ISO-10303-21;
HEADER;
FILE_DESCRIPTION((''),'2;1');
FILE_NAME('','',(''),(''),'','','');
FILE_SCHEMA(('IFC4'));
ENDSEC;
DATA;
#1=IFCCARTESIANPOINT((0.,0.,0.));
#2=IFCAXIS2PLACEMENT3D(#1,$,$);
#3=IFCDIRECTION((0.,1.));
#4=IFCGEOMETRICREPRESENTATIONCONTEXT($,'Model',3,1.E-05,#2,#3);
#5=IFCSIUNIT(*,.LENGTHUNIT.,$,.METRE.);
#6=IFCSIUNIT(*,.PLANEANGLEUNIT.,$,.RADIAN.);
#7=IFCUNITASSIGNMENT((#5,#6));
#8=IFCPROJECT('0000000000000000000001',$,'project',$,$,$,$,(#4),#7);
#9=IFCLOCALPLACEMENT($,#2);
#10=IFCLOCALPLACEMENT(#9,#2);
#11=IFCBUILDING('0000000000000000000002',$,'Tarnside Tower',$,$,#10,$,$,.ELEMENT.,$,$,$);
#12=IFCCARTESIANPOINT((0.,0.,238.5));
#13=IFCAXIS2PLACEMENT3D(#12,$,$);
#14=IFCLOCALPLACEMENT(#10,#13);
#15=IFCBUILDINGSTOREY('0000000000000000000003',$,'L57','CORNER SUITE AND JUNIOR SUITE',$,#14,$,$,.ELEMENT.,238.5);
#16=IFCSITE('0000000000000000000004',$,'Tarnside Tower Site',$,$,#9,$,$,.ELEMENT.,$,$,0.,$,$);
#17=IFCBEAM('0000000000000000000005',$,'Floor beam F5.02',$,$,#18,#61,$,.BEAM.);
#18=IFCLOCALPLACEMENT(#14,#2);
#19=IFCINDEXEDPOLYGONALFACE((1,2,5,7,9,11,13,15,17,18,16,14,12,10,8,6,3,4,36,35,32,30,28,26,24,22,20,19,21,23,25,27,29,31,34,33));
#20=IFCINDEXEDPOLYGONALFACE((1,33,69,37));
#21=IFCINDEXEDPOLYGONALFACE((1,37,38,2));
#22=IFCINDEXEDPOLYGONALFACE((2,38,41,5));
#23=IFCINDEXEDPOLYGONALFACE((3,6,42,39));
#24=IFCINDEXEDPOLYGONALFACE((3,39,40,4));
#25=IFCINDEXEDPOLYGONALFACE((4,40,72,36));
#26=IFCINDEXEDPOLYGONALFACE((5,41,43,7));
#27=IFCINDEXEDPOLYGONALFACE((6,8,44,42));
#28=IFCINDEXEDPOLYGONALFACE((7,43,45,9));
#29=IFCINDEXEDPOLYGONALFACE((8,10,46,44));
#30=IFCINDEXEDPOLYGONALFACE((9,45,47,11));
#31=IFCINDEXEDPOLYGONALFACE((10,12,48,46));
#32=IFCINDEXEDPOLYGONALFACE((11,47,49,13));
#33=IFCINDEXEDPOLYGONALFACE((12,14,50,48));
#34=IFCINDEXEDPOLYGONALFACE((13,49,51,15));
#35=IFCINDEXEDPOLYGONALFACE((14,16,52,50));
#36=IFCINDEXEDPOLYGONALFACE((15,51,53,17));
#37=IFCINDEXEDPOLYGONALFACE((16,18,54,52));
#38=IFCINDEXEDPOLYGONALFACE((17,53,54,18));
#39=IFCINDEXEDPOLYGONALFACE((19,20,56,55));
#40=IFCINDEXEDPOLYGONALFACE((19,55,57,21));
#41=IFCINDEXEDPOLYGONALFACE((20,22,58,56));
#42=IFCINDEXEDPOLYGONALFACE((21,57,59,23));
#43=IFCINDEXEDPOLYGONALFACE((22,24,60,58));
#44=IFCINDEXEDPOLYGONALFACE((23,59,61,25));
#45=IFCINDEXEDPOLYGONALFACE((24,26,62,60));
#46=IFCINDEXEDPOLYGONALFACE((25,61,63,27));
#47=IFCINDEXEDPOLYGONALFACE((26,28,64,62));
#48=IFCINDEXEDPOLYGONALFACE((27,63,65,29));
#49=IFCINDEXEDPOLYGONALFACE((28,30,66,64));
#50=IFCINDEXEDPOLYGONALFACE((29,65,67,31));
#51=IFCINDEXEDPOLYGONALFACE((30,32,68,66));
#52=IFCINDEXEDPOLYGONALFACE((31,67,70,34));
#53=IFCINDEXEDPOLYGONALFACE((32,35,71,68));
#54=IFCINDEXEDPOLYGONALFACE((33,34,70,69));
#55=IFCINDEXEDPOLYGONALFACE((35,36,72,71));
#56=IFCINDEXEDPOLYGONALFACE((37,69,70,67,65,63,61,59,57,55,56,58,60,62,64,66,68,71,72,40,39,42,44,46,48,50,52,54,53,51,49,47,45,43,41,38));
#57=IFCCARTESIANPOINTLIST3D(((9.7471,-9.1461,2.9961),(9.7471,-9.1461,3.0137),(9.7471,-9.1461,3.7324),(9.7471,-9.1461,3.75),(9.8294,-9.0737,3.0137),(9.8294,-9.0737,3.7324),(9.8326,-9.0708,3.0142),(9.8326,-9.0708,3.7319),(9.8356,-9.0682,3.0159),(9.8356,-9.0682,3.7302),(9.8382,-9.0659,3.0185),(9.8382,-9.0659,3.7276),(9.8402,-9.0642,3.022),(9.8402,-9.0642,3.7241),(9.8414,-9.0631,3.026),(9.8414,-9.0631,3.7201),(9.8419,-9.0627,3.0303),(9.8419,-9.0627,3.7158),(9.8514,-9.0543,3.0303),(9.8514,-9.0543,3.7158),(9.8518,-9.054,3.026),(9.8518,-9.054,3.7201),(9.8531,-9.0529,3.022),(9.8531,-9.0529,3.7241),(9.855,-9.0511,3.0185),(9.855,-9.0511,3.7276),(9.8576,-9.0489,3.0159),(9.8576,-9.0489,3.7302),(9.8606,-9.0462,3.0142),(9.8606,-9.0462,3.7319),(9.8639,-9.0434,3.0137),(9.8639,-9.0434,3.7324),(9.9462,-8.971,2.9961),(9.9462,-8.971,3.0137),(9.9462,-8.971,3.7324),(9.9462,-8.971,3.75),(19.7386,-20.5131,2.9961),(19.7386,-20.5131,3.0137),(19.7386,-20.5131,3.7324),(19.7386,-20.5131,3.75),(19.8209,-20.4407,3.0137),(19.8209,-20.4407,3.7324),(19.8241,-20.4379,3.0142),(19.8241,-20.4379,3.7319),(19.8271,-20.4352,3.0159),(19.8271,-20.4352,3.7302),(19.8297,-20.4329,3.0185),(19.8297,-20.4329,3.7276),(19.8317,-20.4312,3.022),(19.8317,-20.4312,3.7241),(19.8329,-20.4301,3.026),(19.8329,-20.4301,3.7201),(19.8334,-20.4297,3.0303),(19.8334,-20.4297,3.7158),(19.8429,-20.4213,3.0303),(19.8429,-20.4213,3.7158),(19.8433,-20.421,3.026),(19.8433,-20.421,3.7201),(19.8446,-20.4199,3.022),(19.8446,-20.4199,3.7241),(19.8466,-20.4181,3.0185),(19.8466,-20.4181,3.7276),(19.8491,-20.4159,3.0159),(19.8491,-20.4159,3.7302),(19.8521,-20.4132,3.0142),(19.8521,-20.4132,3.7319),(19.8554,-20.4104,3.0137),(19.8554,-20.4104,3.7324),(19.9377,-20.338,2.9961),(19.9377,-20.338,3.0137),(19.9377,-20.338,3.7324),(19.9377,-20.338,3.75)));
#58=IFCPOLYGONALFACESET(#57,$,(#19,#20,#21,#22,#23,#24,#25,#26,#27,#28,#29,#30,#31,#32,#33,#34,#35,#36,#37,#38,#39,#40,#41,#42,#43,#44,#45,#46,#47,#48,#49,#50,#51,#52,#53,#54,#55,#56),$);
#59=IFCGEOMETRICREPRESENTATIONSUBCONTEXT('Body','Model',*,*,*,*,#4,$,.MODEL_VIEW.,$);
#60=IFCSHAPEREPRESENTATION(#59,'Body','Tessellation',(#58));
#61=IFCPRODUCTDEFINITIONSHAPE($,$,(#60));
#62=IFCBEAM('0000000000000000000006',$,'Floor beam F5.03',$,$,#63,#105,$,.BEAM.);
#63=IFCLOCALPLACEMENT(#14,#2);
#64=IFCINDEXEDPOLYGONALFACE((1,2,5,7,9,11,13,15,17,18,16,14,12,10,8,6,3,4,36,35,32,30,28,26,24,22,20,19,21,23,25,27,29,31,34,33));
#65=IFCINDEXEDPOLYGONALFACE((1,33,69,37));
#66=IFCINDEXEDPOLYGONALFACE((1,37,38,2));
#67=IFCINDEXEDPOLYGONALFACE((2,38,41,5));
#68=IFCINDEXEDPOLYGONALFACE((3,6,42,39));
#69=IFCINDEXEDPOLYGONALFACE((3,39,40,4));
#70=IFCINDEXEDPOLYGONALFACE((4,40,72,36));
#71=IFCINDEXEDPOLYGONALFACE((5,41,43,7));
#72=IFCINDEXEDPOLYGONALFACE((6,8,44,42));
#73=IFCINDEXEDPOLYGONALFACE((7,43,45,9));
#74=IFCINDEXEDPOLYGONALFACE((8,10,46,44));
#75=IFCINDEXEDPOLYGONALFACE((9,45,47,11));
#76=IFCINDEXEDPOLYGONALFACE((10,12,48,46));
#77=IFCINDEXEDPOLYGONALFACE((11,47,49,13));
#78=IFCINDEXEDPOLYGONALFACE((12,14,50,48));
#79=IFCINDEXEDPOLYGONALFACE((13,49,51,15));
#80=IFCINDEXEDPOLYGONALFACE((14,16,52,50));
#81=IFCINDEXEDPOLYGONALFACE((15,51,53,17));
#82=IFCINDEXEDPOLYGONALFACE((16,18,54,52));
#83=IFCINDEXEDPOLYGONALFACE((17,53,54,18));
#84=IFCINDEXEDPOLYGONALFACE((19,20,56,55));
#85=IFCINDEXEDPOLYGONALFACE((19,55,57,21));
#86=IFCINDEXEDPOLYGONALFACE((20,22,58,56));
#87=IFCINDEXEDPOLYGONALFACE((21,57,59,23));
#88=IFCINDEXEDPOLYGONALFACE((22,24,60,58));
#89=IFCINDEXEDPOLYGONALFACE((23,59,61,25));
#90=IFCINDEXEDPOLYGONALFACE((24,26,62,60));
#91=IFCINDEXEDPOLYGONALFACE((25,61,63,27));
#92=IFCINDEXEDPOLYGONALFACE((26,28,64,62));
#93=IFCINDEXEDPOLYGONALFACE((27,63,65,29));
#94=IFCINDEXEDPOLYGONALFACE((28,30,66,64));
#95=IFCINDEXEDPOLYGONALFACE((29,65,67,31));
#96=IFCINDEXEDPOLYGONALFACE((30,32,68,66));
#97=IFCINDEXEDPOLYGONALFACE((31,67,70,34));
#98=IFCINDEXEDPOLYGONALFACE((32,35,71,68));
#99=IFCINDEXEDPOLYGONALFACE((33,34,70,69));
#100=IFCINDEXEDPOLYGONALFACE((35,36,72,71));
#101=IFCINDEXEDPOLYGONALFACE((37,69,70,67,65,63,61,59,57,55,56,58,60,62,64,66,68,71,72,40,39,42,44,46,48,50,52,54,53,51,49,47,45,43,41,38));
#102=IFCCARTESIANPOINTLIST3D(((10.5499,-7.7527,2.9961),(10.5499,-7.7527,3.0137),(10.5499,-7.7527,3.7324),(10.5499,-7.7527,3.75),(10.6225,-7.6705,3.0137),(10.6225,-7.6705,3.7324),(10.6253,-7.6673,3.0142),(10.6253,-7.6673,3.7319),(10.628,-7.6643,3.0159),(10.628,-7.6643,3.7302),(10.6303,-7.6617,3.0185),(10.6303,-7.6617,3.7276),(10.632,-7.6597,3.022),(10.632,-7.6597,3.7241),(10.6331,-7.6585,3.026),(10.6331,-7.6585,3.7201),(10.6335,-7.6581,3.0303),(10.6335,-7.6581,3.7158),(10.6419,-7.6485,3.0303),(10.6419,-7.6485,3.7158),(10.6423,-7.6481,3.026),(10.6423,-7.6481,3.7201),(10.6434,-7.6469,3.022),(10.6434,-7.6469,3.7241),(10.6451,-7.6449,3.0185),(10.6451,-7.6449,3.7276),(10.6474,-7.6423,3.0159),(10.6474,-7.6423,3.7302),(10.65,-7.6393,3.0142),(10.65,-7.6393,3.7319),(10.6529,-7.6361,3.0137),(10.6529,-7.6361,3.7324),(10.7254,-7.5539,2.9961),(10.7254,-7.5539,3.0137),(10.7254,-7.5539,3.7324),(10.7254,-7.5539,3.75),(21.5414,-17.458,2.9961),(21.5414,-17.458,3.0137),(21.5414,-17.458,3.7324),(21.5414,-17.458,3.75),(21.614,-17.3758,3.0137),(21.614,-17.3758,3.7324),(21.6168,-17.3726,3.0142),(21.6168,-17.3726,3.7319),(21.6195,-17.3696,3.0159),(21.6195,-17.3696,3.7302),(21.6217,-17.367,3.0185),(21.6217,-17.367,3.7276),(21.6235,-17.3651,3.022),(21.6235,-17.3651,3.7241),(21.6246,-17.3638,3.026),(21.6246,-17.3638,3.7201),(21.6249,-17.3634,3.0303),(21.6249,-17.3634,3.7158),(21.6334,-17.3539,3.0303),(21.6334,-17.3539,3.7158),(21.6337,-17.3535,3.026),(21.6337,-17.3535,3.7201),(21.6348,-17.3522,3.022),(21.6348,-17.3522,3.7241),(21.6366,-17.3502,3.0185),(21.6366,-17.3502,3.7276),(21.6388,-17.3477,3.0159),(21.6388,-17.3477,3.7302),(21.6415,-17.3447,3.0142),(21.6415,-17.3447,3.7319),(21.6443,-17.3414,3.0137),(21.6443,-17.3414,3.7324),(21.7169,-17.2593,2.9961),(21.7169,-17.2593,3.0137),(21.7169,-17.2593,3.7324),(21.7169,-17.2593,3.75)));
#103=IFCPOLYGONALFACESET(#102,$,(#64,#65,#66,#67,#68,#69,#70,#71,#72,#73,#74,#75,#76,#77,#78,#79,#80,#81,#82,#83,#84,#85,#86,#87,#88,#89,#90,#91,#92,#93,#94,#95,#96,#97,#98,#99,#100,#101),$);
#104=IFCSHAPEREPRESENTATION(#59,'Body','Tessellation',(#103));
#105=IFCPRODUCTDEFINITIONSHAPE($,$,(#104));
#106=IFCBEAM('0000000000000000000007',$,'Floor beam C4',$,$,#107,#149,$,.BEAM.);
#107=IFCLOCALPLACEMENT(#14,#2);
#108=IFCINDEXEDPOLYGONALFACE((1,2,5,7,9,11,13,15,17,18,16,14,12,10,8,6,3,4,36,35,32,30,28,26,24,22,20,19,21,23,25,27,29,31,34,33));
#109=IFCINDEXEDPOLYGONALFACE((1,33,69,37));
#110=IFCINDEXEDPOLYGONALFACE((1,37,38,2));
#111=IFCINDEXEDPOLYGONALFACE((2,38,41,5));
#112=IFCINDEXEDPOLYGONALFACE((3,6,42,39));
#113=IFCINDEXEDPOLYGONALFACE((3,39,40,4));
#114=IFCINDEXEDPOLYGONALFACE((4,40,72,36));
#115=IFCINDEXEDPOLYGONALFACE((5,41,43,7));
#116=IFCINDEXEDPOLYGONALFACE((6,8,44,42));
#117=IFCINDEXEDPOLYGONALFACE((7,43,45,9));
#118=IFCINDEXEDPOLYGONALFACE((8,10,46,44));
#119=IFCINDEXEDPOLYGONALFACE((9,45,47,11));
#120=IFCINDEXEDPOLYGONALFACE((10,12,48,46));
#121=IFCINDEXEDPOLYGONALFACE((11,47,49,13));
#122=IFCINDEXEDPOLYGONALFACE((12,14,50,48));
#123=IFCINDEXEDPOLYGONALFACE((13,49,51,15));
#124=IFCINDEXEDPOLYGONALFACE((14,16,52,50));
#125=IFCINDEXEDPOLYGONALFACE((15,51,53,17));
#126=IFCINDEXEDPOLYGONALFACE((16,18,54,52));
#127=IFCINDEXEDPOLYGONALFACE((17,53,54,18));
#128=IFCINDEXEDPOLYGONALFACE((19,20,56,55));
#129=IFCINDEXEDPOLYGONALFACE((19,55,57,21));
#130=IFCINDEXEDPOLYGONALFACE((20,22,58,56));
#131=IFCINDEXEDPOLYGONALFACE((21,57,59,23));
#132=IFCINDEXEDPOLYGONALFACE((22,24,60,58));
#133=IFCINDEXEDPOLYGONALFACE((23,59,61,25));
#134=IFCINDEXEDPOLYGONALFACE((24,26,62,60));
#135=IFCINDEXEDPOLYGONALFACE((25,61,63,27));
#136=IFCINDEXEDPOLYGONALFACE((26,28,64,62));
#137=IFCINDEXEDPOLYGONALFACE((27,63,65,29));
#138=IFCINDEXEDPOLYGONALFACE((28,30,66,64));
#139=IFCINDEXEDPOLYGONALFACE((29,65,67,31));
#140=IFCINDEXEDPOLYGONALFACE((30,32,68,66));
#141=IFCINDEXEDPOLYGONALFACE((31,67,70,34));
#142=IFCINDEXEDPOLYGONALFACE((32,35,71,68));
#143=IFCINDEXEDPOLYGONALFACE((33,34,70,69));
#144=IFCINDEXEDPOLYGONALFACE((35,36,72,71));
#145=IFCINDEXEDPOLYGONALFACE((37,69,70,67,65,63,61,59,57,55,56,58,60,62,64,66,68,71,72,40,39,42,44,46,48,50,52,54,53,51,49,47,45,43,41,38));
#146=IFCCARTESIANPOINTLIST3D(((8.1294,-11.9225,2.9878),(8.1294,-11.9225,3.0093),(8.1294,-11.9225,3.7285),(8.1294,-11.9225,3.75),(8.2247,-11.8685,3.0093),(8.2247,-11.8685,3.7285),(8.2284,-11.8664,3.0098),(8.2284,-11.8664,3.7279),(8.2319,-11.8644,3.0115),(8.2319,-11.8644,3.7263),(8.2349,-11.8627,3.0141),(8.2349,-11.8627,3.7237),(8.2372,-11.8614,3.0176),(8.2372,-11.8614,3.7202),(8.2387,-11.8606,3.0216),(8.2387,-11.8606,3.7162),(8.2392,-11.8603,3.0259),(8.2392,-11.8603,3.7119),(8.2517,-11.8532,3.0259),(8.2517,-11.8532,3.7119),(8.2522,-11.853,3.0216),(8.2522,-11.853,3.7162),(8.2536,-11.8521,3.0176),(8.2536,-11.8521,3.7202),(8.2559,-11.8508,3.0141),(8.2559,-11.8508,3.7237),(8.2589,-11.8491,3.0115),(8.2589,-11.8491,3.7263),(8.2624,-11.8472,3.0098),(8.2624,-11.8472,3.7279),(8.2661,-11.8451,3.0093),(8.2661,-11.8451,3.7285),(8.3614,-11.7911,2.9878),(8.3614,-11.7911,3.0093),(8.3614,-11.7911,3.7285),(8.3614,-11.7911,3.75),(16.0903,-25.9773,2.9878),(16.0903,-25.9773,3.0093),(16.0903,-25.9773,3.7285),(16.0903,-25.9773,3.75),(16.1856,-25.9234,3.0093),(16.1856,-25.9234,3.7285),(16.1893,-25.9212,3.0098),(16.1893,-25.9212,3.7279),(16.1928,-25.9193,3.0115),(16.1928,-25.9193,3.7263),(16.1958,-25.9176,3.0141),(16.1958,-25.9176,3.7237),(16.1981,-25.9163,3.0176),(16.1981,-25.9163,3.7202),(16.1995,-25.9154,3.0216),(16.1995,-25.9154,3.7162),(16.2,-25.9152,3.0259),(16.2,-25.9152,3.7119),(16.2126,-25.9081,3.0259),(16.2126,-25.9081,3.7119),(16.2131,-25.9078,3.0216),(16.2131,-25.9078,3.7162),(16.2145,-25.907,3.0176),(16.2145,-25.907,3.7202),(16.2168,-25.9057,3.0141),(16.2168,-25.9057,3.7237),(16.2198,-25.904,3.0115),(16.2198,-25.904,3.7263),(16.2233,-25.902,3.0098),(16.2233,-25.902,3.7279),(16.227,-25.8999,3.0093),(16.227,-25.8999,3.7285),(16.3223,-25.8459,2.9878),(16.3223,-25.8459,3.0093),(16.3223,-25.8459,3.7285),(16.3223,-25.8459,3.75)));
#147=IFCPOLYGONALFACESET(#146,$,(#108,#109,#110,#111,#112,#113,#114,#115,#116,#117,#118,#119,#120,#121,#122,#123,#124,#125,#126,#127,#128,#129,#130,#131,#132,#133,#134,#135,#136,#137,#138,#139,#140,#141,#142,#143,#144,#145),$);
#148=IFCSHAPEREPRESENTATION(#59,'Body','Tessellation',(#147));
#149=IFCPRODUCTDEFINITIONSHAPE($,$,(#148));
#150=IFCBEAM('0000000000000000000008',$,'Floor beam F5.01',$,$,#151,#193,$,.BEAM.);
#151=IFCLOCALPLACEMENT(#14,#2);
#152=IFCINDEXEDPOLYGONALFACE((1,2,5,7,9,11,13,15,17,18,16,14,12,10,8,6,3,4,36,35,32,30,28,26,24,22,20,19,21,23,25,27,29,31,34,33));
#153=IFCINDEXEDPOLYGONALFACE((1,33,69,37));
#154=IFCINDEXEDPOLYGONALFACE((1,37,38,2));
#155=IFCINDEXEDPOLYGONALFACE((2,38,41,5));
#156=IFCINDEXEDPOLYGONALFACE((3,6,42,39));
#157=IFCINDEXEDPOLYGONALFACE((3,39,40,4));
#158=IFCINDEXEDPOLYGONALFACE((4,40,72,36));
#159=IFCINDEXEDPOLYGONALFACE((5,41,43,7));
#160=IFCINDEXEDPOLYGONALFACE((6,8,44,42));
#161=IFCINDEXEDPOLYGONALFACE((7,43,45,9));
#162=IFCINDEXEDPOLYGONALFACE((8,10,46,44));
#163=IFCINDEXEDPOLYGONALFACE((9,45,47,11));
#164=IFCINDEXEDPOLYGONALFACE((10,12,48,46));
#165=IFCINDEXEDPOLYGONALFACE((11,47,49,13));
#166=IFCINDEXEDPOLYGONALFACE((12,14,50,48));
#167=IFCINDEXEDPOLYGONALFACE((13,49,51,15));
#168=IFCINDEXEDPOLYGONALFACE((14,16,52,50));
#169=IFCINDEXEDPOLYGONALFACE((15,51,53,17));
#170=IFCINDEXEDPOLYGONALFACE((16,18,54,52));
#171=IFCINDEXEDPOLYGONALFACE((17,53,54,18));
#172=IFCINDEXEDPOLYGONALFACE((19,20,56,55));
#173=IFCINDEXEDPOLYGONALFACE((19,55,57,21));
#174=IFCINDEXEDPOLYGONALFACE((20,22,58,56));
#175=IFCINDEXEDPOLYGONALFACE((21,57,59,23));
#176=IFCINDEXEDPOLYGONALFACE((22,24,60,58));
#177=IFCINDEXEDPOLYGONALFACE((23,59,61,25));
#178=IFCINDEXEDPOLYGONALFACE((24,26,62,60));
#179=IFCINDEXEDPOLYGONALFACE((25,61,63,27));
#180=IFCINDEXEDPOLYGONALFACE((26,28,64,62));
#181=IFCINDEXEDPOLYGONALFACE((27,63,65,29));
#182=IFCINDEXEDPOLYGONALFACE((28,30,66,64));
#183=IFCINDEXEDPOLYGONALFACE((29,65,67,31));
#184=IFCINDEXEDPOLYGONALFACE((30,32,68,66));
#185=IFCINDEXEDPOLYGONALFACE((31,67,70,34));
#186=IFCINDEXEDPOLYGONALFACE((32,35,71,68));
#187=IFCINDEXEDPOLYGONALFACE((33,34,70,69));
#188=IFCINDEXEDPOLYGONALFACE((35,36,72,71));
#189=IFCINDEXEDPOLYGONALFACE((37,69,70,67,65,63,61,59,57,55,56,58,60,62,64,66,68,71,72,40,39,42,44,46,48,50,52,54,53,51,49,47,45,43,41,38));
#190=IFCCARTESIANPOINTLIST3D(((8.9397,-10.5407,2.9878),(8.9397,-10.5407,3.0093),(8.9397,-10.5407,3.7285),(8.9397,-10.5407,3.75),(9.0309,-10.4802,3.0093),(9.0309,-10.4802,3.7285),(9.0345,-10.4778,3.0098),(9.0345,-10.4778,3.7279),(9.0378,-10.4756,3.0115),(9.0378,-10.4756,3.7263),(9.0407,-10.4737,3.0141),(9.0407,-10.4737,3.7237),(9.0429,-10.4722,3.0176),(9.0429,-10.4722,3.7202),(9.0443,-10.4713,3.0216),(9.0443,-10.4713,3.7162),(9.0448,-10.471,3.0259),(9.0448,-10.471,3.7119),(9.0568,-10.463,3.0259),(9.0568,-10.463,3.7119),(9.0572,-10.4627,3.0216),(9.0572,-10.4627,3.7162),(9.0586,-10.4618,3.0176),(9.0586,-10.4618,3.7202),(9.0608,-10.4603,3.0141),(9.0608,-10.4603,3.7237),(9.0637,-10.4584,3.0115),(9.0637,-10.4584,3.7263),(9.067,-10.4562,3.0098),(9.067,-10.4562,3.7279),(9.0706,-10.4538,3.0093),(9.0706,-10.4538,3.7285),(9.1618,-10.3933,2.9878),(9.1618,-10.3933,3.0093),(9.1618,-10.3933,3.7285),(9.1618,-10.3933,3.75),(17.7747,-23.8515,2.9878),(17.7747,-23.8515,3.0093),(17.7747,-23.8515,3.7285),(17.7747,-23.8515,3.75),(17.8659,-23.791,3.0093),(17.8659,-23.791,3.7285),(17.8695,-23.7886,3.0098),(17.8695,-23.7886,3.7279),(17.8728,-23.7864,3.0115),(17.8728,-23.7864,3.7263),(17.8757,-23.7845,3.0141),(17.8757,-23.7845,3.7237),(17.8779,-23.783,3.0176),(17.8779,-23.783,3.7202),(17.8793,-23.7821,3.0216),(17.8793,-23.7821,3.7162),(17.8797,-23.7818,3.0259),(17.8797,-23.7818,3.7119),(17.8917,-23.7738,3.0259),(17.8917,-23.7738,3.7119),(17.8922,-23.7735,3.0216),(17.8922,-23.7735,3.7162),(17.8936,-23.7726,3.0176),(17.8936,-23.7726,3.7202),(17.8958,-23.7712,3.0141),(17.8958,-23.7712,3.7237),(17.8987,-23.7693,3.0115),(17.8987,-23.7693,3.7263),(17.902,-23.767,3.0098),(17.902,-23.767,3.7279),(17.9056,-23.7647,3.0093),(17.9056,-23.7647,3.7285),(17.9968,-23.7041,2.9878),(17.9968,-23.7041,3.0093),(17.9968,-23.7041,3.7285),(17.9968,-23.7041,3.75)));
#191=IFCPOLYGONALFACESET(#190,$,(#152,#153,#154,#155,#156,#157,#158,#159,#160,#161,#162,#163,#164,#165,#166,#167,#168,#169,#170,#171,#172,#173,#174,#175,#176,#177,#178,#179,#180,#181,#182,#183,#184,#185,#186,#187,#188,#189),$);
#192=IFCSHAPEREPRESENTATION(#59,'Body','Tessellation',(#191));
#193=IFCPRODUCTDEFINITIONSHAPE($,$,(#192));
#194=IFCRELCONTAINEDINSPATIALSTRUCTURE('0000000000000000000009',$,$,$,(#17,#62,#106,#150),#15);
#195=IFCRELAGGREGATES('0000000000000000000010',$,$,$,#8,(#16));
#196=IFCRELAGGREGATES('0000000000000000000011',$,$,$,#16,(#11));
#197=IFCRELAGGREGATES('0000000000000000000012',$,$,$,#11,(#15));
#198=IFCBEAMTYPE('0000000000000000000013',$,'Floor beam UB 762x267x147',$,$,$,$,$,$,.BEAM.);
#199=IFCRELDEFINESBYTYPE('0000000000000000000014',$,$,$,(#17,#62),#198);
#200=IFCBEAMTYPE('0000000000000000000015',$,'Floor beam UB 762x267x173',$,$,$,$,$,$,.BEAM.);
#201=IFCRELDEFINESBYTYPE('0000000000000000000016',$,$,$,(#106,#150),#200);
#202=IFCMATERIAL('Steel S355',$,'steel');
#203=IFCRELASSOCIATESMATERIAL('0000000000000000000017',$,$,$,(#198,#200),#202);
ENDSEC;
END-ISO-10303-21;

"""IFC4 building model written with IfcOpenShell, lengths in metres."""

from ifc_helpers import new_model, si_unit, direction, frame, origin, origin_2d, place, context, subcontext, project, spatial, i_section, extrude, material, material_profile, profile_set, type_object, element, save


model = new_model("IFC4")

# Units and contexts
model_context = context("Model", 3, precision=1e-05, world=origin(), true_north=direction((0.0, 1.0)))
body_context = subcontext(model_context, "Body", "Model", "MODEL_VIEW")
ifc_project = project(units=[si_unit("LENGTHUNIT", "METRE"), si_unit("PLANEANGLEUNIT", "RADIAN")], contexts=[model_context])

# Site, building, storey
site_placement = place(None, origin())
site = spatial("IfcSite", under=ifc_project, at=site_placement, Name="Tarnside Tower Site", CompositionType="ELEMENT", RefElevation=0.0)
building_placement = place(site_placement, origin())
building = spatial("IfcBuilding", under=site, at=building_placement, Name="Tarnside Tower", CompositionType="ELEMENT")
storey_placement = place(building_placement, frame((0.0, 0.0, 238.5)))
storey = spatial("IfcBuildingStorey", under=building, at=storey_placement, Name="L57", Description="CORNER SUITE AND JUNIOR SUITE", CompositionType="ELEMENT", Elevation=238.5)

# Beams
ifc_material_1 = material(Name="Steel S355", Category="steel")
ifc_material_profile_1 = material_profile(ifc_material_1, i_section(OverallWidth=0.2651, OverallDepth=0.7539, WebThickness=0.0127, FlangeThickness=0.0176, FilletRadius=0.0166, at=origin_2d()), Name="UB 762x267x147")
ifc_profile_set_1 = profile_set([ifc_material_profile_1], Name="Steel S355")
beam_type_1 = type_object("IfcBeamType", Name="Floor beam UB 762x267x147", PredefinedType="BEAM", material=ifc_profile_set_1)
beam_1_placement = place(storey_placement, frame((19.8381, -20.4255, 3.373), z_axis=(-0.660201, 0.751089, 0.0), x_axis=(-0.751089, -0.660201, 0.0)))
element("IfcBeam", 1, at=beam_1_placement, inside=storey, type_object=beam_type_1, Name="Floor beam F5.02", PredefinedType="BEAM", context=body_context, shape_type="SweptSolid", body=[
    extrude(i_section(OverallWidth=0.2651, OverallDepth=0.7539, WebThickness=0.0127, FlangeThickness=0.0176, FilletRadius=0.0166, at=origin_2d()), origin(), (0.0, 0.0, 1.0), 15.134),
])
beam_2_placement = place(storey_placement, frame((21.6292, -17.3586, 3.373), z_axis=(-0.749602, 0.661889, 0.0), x_axis=(-0.661889, -0.749602, 0.0)))
element("IfcBeam", 2, at=beam_2_placement, inside=storey, type_object=beam_type_1, Name="Floor beam F5.03", PredefinedType="BEAM", context=body_context, shape_type="SweptSolid", body=[
    extrude(i_section(OverallWidth=0.2651, OverallDepth=0.7539, WebThickness=0.0127, FlangeThickness=0.0176, FilletRadius=0.0166, at=origin_2d()), origin(), (0.0, 0.0, 1.0), 14.6631),
])
ifc_material_profile_2 = material_profile(ifc_material_1, i_section(OverallWidth=0.2666, OverallDepth=0.7622, WebThickness=0.0144, FlangeThickness=0.0215, FilletRadius=0.0166, at=origin_2d()), Name="UB 762x267x173")
ifc_profile_set_2 = profile_set([ifc_material_profile_2], Name="Steel S355")
beam_type_2 = type_object("IfcBeamType", Name="Floor beam UB 762x267x173", PredefinedType="BEAM", material=ifc_profile_set_2)
beam_3_placement = place(storey_placement, frame((16.2063, -25.9116, 3.3689), z_axis=(-0.492847, 0.870116, 0.0), x_axis=(-0.870116, -0.492847, 0.0)))
element("IfcBeam", 3, at=beam_3_placement, inside=storey, type_object=beam_type_2, Name="Floor beam C4", PredefinedType="BEAM", context=body_context, shape_type="SweptSolid", body=[
    extrude(i_section(OverallWidth=0.2666, OverallDepth=0.7622, WebThickness=0.0144, FlangeThickness=0.0215, FilletRadius=0.0166, at=origin_2d()), origin(), (0.0, 0.0, 1.0), 16.1528),
])
beam_4_placement = place(storey_placement, frame((17.8857, -23.7778, 3.3689), z_axis=(-0.553013, 0.833172, 0.0), x_axis=(-0.833172, -0.553013, 0.0)))
element("IfcBeam", 4, at=beam_4_placement, inside=storey, type_object=beam_type_2, Name="Floor beam F5.01", PredefinedType="BEAM", context=body_context, shape_type="SweptSolid", body=[
    extrude(i_section(OverallWidth=0.2666, OverallDepth=0.7622, WebThickness=0.0144, FlangeThickness=0.0215, FilletRadius=0.0166, at=origin_2d()), origin(), (0.0, 0.0, 1.0), 15.9761),
])

save(model, "model.ifc")
